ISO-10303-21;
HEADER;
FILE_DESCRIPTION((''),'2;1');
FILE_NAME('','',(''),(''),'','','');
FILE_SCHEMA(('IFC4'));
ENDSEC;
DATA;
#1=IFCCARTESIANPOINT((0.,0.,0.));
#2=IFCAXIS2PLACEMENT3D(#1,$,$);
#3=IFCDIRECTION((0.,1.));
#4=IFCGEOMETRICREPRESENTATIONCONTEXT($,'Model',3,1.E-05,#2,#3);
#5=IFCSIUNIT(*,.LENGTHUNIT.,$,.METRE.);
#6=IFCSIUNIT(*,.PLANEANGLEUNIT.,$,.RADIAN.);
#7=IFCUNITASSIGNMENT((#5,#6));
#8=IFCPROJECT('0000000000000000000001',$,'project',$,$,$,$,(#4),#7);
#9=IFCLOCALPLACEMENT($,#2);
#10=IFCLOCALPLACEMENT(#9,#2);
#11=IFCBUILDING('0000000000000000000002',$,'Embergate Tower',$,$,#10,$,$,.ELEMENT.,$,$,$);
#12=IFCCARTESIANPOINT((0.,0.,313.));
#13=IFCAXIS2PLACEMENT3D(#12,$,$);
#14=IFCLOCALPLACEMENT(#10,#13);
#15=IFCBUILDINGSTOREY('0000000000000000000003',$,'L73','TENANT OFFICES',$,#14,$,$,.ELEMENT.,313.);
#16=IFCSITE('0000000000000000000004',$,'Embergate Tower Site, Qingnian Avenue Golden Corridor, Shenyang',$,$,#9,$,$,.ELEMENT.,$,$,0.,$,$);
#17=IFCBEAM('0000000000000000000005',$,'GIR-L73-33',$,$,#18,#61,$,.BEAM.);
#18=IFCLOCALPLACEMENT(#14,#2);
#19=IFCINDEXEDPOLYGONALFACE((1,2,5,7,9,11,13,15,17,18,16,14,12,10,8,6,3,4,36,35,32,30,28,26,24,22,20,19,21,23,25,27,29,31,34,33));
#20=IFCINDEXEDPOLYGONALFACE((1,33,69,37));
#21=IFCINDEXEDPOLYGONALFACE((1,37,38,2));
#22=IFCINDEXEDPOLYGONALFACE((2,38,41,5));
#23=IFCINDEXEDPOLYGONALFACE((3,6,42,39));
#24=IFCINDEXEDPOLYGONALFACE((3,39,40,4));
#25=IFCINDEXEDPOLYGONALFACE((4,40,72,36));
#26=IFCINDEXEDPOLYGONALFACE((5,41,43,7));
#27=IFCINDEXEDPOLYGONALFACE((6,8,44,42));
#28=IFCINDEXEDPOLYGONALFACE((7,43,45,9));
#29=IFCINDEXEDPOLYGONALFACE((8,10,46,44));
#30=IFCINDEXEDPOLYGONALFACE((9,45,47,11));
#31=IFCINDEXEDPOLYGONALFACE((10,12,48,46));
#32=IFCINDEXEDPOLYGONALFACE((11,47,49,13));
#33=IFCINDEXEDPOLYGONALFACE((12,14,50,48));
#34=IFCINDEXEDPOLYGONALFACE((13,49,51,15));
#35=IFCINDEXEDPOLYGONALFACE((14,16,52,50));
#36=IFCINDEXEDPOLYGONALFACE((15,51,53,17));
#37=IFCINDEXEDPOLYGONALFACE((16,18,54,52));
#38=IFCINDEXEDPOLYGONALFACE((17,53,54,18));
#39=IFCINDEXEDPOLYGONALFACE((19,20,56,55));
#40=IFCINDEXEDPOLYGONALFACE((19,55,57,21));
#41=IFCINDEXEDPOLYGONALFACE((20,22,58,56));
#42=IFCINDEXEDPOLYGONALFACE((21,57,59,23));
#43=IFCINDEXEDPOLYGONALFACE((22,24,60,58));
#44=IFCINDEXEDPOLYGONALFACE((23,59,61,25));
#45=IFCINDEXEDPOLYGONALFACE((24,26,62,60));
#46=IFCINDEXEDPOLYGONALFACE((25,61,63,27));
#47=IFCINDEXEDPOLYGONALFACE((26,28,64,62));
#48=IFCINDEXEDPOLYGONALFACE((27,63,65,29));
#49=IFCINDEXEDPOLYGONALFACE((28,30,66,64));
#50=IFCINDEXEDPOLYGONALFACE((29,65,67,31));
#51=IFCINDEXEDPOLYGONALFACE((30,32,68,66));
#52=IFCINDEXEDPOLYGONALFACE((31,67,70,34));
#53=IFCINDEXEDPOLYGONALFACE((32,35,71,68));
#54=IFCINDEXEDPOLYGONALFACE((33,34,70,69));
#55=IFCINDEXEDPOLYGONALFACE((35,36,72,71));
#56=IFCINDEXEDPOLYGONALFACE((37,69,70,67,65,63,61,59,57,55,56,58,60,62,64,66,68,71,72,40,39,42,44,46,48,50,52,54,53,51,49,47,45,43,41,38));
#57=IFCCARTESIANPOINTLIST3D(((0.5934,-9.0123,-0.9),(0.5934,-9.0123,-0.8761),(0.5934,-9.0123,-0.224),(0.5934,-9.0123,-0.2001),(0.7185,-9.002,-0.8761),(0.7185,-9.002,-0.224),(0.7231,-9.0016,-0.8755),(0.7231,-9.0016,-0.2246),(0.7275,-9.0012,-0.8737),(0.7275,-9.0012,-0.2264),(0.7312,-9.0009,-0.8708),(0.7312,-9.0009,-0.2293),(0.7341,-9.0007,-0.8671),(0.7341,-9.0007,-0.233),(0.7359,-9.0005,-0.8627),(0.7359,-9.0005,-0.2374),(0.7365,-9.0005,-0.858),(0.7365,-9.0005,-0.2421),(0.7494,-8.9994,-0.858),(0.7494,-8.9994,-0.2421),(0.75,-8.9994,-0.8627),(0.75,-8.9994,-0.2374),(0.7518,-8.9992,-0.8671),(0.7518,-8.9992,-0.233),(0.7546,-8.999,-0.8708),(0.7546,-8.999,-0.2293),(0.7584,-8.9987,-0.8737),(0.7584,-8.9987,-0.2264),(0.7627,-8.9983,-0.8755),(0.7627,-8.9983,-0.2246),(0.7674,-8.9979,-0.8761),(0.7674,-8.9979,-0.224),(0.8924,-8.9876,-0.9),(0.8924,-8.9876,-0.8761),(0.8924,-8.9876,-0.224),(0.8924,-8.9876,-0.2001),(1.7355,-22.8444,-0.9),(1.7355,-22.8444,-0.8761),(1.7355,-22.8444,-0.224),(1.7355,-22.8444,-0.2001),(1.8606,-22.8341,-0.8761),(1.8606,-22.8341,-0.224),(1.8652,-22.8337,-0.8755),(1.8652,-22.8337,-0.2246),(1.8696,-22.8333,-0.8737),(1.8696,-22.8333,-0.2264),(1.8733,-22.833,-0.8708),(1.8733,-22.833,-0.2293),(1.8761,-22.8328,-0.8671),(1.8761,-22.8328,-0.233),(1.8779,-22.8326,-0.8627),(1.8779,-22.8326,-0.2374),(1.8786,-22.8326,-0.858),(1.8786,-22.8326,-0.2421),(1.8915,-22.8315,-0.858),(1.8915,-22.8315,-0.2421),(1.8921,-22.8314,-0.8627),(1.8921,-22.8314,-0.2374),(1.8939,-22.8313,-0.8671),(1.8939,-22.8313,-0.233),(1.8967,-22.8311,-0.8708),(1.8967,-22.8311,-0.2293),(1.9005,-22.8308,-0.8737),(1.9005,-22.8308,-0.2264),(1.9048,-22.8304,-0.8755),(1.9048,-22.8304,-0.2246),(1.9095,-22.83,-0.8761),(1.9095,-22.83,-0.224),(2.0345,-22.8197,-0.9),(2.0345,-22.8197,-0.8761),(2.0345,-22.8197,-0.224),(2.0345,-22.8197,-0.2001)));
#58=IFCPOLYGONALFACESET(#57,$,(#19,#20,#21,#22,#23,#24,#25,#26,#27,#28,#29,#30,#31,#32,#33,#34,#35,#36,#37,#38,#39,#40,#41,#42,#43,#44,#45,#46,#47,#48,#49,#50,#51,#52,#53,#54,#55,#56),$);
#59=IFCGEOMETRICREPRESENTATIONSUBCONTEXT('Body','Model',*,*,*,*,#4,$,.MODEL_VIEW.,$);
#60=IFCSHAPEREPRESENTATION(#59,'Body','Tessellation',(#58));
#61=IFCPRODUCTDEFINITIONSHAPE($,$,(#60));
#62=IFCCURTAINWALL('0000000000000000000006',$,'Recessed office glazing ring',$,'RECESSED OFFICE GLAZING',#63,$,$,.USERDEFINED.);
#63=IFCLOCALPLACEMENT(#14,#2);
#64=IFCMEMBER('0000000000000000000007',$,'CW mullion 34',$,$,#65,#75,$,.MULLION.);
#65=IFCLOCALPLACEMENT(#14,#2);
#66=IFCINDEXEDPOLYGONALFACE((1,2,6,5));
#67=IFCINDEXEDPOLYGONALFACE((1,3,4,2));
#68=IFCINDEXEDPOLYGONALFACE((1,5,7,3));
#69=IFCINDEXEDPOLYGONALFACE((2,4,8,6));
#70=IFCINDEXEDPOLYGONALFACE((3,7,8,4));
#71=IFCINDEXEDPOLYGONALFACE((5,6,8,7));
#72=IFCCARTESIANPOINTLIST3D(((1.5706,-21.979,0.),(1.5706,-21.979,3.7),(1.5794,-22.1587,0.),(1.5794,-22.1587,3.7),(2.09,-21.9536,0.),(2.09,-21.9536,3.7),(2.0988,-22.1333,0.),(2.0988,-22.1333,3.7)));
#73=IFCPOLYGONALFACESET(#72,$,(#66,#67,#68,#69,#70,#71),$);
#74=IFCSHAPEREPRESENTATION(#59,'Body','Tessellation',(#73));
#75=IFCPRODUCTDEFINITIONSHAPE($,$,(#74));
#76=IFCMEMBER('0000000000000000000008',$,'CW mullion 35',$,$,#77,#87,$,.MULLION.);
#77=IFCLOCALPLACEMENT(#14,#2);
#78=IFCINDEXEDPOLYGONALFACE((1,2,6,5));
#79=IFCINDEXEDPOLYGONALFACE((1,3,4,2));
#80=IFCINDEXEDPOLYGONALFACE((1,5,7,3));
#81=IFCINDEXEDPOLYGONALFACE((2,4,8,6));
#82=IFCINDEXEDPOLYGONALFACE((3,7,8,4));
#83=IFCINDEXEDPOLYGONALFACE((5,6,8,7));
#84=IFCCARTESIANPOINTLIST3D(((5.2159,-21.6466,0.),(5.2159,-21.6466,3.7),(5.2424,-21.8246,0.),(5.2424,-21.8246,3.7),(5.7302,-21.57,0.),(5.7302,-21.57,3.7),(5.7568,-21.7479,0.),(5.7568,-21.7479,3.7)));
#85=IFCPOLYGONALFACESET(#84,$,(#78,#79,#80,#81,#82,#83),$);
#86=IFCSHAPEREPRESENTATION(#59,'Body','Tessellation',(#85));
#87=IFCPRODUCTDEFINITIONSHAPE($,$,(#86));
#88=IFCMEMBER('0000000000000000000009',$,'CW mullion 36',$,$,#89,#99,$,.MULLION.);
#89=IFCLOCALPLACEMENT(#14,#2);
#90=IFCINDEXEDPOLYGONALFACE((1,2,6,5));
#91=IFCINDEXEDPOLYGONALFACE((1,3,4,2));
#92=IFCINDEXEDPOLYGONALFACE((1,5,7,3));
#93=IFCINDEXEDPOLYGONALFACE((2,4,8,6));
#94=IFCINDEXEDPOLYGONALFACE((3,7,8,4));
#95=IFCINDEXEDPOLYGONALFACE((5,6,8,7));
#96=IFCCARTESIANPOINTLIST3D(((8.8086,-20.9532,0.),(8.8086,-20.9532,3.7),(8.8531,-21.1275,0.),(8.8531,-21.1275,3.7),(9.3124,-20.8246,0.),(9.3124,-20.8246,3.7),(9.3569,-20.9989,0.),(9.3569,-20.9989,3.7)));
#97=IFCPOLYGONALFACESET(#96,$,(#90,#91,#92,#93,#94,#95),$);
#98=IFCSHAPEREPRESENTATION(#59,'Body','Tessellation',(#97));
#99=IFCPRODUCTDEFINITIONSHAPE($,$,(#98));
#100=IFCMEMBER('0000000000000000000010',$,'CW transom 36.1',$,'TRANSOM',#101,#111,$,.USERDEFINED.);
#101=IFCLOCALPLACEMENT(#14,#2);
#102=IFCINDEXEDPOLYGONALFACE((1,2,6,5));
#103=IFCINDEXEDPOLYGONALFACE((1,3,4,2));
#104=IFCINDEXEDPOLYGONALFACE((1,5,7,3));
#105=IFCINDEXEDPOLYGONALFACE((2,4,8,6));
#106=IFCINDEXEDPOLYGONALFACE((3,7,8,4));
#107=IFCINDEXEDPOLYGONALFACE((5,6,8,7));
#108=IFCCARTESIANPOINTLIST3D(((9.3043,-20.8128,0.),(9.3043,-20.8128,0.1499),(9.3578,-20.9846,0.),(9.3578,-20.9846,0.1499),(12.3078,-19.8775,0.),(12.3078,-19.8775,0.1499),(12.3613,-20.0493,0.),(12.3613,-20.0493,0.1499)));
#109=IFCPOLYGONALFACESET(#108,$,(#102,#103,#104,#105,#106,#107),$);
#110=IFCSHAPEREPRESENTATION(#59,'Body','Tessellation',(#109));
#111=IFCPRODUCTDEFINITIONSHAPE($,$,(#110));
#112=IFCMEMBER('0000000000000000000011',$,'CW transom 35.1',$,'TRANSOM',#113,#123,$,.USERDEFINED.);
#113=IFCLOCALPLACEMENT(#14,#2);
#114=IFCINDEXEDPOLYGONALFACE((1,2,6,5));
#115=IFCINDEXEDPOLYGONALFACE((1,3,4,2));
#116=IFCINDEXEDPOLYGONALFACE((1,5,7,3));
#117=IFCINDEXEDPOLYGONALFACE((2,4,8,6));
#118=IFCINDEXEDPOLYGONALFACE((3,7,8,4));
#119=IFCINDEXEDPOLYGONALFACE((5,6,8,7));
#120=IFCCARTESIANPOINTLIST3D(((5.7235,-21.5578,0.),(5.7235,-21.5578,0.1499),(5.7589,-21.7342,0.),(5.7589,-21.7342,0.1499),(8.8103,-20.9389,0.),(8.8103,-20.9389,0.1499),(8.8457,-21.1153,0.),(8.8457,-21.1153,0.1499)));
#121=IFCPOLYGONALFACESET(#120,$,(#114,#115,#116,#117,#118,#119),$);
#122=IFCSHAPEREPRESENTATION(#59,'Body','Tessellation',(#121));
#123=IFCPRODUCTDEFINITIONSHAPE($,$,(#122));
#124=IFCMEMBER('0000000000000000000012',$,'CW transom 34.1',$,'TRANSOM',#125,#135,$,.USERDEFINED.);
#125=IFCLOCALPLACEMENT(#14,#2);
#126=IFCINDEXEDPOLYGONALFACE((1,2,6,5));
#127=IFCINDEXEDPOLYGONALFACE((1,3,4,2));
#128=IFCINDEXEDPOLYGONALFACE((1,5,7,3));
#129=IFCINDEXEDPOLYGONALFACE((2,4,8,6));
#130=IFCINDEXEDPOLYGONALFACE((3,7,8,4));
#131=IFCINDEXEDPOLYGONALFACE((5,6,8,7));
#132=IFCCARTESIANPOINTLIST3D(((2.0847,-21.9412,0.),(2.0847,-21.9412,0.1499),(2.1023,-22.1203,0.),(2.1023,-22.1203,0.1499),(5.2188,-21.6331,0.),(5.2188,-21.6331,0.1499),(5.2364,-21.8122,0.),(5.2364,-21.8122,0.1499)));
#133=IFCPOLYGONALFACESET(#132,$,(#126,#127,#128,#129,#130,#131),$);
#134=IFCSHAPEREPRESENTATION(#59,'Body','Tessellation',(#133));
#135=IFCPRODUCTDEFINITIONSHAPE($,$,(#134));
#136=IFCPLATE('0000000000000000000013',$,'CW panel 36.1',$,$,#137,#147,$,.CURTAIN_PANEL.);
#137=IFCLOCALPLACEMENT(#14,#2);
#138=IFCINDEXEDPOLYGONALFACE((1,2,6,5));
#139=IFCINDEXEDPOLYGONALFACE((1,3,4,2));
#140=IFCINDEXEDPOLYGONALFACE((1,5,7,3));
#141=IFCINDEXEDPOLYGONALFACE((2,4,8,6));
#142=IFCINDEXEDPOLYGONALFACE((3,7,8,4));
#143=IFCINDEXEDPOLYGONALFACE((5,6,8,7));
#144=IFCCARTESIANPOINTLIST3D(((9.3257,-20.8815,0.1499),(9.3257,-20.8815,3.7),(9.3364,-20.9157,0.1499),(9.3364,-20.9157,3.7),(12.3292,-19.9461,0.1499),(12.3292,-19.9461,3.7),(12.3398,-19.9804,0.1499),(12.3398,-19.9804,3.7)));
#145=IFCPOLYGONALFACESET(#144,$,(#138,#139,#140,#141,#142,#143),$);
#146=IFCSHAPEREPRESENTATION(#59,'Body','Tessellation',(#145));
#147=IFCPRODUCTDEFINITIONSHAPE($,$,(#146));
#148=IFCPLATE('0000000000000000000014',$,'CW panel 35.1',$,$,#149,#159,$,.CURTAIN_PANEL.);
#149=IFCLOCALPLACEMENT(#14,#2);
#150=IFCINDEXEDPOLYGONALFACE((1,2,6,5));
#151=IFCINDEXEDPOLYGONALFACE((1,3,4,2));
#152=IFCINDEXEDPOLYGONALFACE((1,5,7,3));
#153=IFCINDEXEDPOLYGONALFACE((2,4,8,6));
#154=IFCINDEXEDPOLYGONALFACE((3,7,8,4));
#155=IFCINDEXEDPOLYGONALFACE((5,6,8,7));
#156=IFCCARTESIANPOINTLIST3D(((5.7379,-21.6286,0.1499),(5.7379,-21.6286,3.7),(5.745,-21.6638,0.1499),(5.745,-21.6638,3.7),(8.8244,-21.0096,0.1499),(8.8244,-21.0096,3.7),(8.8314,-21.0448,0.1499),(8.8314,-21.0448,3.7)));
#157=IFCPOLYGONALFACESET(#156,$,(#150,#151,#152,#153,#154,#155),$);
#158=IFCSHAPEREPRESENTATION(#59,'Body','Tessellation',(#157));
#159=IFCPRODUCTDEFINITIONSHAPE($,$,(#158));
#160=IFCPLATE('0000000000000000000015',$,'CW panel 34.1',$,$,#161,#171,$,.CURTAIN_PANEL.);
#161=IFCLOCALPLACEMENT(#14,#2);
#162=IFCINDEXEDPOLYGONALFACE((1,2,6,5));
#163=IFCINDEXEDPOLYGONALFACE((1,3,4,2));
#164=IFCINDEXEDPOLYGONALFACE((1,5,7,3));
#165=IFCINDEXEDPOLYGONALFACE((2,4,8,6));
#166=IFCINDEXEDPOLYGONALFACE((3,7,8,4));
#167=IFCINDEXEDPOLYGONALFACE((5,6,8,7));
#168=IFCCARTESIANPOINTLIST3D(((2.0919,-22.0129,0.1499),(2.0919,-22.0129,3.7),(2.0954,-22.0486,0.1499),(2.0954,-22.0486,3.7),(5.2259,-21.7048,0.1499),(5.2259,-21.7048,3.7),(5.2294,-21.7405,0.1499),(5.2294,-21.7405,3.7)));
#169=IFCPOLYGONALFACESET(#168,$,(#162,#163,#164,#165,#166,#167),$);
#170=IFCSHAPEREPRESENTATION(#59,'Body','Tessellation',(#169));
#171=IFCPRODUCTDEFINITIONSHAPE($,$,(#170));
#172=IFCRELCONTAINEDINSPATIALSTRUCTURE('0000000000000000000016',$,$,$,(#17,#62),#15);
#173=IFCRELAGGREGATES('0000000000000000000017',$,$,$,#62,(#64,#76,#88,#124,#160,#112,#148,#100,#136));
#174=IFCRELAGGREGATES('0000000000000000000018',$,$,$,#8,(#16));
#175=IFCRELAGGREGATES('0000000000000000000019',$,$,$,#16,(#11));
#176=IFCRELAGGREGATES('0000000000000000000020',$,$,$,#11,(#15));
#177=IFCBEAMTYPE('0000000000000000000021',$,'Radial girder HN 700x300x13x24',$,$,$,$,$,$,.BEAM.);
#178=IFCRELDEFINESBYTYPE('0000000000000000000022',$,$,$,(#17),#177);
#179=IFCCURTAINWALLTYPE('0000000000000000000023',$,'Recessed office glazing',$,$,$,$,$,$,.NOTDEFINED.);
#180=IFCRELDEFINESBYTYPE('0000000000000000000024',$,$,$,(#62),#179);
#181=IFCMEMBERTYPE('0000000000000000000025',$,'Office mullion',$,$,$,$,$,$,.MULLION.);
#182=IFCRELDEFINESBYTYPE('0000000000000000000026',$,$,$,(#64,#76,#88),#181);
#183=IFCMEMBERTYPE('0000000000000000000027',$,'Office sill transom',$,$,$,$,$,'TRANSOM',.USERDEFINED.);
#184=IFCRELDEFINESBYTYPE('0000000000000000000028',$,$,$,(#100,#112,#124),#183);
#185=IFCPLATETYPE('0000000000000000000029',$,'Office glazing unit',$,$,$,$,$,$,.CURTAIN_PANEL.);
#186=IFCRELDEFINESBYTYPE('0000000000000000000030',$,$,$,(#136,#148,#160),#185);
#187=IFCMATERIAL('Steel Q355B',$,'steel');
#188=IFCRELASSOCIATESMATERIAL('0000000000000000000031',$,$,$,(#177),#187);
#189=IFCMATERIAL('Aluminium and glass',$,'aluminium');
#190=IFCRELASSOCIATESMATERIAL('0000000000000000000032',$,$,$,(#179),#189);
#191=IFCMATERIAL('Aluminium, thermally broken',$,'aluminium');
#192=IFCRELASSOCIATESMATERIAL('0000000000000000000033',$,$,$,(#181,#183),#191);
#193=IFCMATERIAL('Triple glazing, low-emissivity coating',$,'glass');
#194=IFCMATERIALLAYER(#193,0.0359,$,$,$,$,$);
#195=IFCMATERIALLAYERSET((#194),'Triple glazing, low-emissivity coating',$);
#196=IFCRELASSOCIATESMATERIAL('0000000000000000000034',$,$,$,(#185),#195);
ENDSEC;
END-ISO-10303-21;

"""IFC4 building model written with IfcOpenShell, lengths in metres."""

from ifc_helpers import new_model, si_unit, direction, frame, origin, origin_2d, place, context, subcontext, project, spatial, rectangle, i_section, extrude, source, transform, mapped, material, layer, layer_set, material_profile, profile_set, type_object, element, aggregate, save


model = new_model("IFC4")

# Units and contexts
model_context = context("Model", 3, precision=1e-05, world=origin(), true_north=direction((0.0, 1.0)))
body_context = subcontext(model_context, "Body", "Model", "MODEL_VIEW")
ifc_project = project(units=[si_unit("LENGTHUNIT", "METRE"), si_unit("PLANEANGLEUNIT", "RADIAN")], contexts=[model_context])

# Site, building, storey
site_placement = place(None, origin())
site = spatial("IfcSite", under=ifc_project, at=site_placement, Name="Embergate Tower Site, Qingnian Avenue Golden Corridor, Shenyang", CompositionType="ELEMENT", RefElevation=0.0)
building_placement = place(site_placement, origin())
building = spatial("IfcBuilding", under=site, at=building_placement, Name="Embergate Tower", CompositionType="ELEMENT")
storey_placement = place(building_placement, frame((0.0, 0.0, 313.0)))
storey = spatial("IfcBuildingStorey", under=building, at=storey_placement, Name="L73", Description="TENANT OFFICES", CompositionType="ELEMENT", Elevation=313.0)

# Beam
ifc_material_1 = material(Name="Steel Q355B", Category="steel")
ifc_material_profile_1 = material_profile(ifc_material_1, i_section(OverallWidth=0.3, OverallDepth=0.7, WebThickness=0.0129, FlangeThickness=0.0239, FilletRadius=0.0181, at=origin_2d()), Name="HN 700x300x13x24")
ifc_profile_set_1 = profile_set([ifc_material_profile_1], Name="Steel Q355 grade B")
beam_type_1 = type_object("IfcBeamType", Name="Radial girder HN 700x300x13x24", PredefinedType="BEAM", material=ifc_profile_set_1)
shared_shape_1 = source(origin(), body_context, "Body", "SweptSolid", [
    extrude(i_section(OverallWidth=0.3, OverallDepth=0.7, WebThickness=0.0129, FlangeThickness=0.0239, FilletRadius=0.0181, at=origin_2d()), origin(), (0.0, 0.0, 1.0), 13.8792),
])
beam_1_placement = place(storey_placement, frame((1.885, -22.832, -0.55), z_axis=(-0.082288, 0.996609, 0.0), x_axis=(-0.996609, -0.082288, 0.0)))
element("IfcBeam", 1, at=beam_1_placement, inside=storey, type_object=beam_type_1, Name="GIR-L73-33", PredefinedType="BEAM", context=body_context, shape_type="MappedRepresentation", body=[
    mapped(shared_shape_1, transform((0.0, 0.0, 0.0))),
])

# Curtain wall, members
ifc_material_2 = material(Name="Aluminium and glass", Category="aluminium")
curtain_wall_type = type_object("IfcCurtainWallType", Name="Recessed office glazing", PredefinedType="NOTDEFINED", material=ifc_material_2)
curtain_wall_placement = place(storey_placement, origin())
curtain_wall = element("IfcCurtainWall", 2, at=curtain_wall_placement, inside=storey, type_object=curtain_wall_type, Name="Recessed office glazing ring", ObjectType="RECESSED OFFICE GLAZING", PredefinedType="USERDEFINED")
ifc_material_3 = material(Name="Aluminium, thermally broken", Category="aluminium")
ifc_material_profile_2 = material_profile(ifc_material_3, rectangle(XDim=0.1799, YDim=0.52, at=origin_2d()), Name="AL 520x180")
ifc_profile_set_2 = profile_set([ifc_material_profile_2], Name="Aluminium, thermally broken")
member_type_1 = type_object("IfcMemberType", Name="Office mullion", PredefinedType="MULLION", material=ifc_profile_set_2)
shared_shape_2 = source(origin(), body_context, "Body", "SweptSolid", [
    extrude(rectangle(XDim=0.1799, YDim=0.52, at=origin_2d()), origin(), (0.0, 0.0, 1.0), 3.7),
])
member_1_placement = place(storey_placement, frame((1.8347, -22.0562, 0.0), z_axis=(0.0, 0.0, 1.0), x_axis=(-0.048972, 0.9988, 0.0)))
member_1 = element("IfcMember", 3, at=member_1_placement, type_object=member_type_1, Name="CW mullion 34", PredefinedType="MULLION", context=body_context, shape_type="MappedRepresentation", body=[
    mapped(shared_shape_2, transform((0.0, 0.0, 0.0))),
])
member_2_placement = place(storey_placement, frame((5.4863, -21.6973, 0.0), z_axis=(0.0, 0.0, 1.0), x_axis=(-0.147411, 0.989075, 0.0)))
member_2 = element("IfcMember", 4, at=member_2_placement, type_object=member_type_1, Name="CW mullion 35", PredefinedType="MULLION", context=body_context, shape_type="MappedRepresentation", body=[
    mapped(shared_shape_2, transform((0.0, 0.0, 0.0))),
])
member_3_placement = place(storey_placement, frame((9.0828, -20.9761, 0.0), z_axis=(0.0, 0.0, 1.0), x_axis=(-0.24731, 0.968936, 0.0)))
member_3 = element("IfcMember", 5, at=member_3_placement, type_object=member_type_1, Name="CW mullion 36", PredefinedType="MULLION", context=body_context, shape_type="MappedRepresentation", body=[
    mapped(shared_shape_2, transform((0.0, 0.0, 0.0))),
])
ifc_material_profile_3 = material_profile(ifc_material_3, rectangle(XDim=0.1799, YDim=0.1499, at=origin_2d()), Name="AL 150x180")
ifc_profile_set_3 = profile_set([ifc_material_profile_3], Name="Aluminium, thermally broken")
member_type_2 = type_object("IfcMemberType", Name="Office sill transom", ElementType="TRANSOM", PredefinedType="USERDEFINED", material=ifc_profile_set_3)
shared_shape_3 = source(origin(), body_context, "Body", "SweptSolid", [
    extrude(rectangle(XDim=0.1799, YDim=0.1499, at=origin_2d()), origin(), (0.0, 0.0, 1.0), 3.1458),
])
member_4_placement = place(storey_placement, frame((9.3311, -20.8987, 0.075), z_axis=(0.954775, 0.297329, 0.0), x_axis=(-0.297329, 0.954775, 0.0)))
member_4 = element("IfcMember", 6, at=member_4_placement, type_object=member_type_2, Name="CW transom 36.1", ObjectType="TRANSOM", PredefinedType="USERDEFINED", context=body_context, shape_type="MappedRepresentation", body=[
    mapped(shared_shape_3, transform((0.0, 0.0, 0.0))),
])
shared_shape_4 = source(origin(), body_context, "Body", "SweptSolid", [
    extrude(rectangle(XDim=0.1799, YDim=0.1499, at=origin_2d()), origin(), (0.0, 0.0, 1.0), 3.1482),
])
member_5_placement = place(storey_placement, frame((5.7412, -21.646, 0.075), z_axis=(0.980485, 0.196593, 0.0), x_axis=(-0.196593, 0.980485, 0.0)))
member_5 = element("IfcMember", 7, at=member_5_placement, type_object=member_type_2, Name="CW transom 35.1", ObjectType="TRANSOM", PredefinedType="USERDEFINED", context=body_context, shape_type="MappedRepresentation", body=[
    mapped(shared_shape_4, transform((0.0, 0.0, 0.0))),
])
shared_shape_5 = source(origin(), body_context, "Body", "SweptSolid", [
    extrude(rectangle(XDim=0.1799, YDim=0.1499, at=origin_2d()), origin(), (0.0, 0.0, 1.0), 3.1492),
])
member_6_placement = place(storey_placement, frame((2.0935, -22.0308, 0.075), z_axis=(0.995202, 0.097838, 0.0), x_axis=(-0.097838, 0.995202, 0.0)))
member_6 = element("IfcMember", 8, at=member_6_placement, type_object=member_type_2, Name="CW transom 34.1", ObjectType="TRANSOM", PredefinedType="USERDEFINED", context=body_context, shape_type="MappedRepresentation", body=[
    mapped(shared_shape_5, transform((0.0, 0.0, 0.0))),
])

# Plates
ifc_material_4 = material(Name="Triple glazing, low-emissivity coating", Category="glass")
ifc_layer_1 = layer(ifc_material_4, 0.0359)
ifc_layer_set_1 = layer_set([ifc_layer_1], Name="Triple glazing, low-emissivity coating")
plate_type = type_object("IfcPlateType", Name="Office glazing unit", PredefinedType="CURTAIN_PANEL", material=ifc_layer_set_1)
shared_shape_6 = source(origin(), body_context, "Body", "SweptSolid", [
    extrude(rectangle(XDim=3.1458, YDim=0.0359, at=origin_2d()), origin(), (0.0, 0.0, 1.0), 3.55),
])
plate_1_placement = place(storey_placement, frame((10.8328, -20.4309, 0.1499), z_axis=(0.0, 0.0, 1.0), x_axis=(0.954771, 0.297342, 0.0)))
plate_1 = element("IfcPlate", 9, at=plate_1_placement, type_object=plate_type, Name="CW panel 36.1", PredefinedType="CURTAIN_PANEL", context=body_context, shape_type="MappedRepresentation", body=[
    mapped(shared_shape_6, transform((0.0, 0.0, 0.0))),
])
shared_shape_7 = source(origin(), body_context, "Body", "SweptSolid", [
    extrude(rectangle(XDim=3.1479, YDim=0.0359, at=origin_2d()), origin(), (0.0, 0.0, 1.0), 3.55),
])
plate_2_placement = place(storey_placement, frame((7.2847, -21.3367, 0.1499), z_axis=(0.0, 0.0, 1.0), x_axis=(0.980476, 0.196641, 0.0)))
plate_2 = element("IfcPlate", 10, at=plate_2_placement, type_object=plate_type, Name="CW panel 35.1", PredefinedType="CURTAIN_PANEL", context=body_context, shape_type="MappedRepresentation", body=[
    mapped(shared_shape_7, transform((0.0, 0.0, 0.0))),
])
shared_shape_8 = source(origin(), body_context, "Body", "SweptSolid", [
    extrude(rectangle(XDim=3.1492, YDim=0.0359, at=origin_2d()), origin(), (0.0, 0.0, 1.0), 3.55),
])
plate_3_placement = place(storey_placement, frame((3.6606, -21.8767, 0.1499), z_axis=(0.0, 0.0, 1.0), x_axis=(0.995203, 0.09783, 0.0)))
plate_3 = element("IfcPlate", 11, at=plate_3_placement, type_object=plate_type, Name="CW panel 34.1", PredefinedType="CURTAIN_PANEL", context=body_context, shape_type="MappedRepresentation", body=[
    mapped(shared_shape_8, transform((0.0, 0.0, 0.0))),
])
aggregate(curtain_wall, [member_1, member_2, member_3, member_6, plate_3, member_5, plate_2, member_4, plate_1])

save(model, "model.ifc")
